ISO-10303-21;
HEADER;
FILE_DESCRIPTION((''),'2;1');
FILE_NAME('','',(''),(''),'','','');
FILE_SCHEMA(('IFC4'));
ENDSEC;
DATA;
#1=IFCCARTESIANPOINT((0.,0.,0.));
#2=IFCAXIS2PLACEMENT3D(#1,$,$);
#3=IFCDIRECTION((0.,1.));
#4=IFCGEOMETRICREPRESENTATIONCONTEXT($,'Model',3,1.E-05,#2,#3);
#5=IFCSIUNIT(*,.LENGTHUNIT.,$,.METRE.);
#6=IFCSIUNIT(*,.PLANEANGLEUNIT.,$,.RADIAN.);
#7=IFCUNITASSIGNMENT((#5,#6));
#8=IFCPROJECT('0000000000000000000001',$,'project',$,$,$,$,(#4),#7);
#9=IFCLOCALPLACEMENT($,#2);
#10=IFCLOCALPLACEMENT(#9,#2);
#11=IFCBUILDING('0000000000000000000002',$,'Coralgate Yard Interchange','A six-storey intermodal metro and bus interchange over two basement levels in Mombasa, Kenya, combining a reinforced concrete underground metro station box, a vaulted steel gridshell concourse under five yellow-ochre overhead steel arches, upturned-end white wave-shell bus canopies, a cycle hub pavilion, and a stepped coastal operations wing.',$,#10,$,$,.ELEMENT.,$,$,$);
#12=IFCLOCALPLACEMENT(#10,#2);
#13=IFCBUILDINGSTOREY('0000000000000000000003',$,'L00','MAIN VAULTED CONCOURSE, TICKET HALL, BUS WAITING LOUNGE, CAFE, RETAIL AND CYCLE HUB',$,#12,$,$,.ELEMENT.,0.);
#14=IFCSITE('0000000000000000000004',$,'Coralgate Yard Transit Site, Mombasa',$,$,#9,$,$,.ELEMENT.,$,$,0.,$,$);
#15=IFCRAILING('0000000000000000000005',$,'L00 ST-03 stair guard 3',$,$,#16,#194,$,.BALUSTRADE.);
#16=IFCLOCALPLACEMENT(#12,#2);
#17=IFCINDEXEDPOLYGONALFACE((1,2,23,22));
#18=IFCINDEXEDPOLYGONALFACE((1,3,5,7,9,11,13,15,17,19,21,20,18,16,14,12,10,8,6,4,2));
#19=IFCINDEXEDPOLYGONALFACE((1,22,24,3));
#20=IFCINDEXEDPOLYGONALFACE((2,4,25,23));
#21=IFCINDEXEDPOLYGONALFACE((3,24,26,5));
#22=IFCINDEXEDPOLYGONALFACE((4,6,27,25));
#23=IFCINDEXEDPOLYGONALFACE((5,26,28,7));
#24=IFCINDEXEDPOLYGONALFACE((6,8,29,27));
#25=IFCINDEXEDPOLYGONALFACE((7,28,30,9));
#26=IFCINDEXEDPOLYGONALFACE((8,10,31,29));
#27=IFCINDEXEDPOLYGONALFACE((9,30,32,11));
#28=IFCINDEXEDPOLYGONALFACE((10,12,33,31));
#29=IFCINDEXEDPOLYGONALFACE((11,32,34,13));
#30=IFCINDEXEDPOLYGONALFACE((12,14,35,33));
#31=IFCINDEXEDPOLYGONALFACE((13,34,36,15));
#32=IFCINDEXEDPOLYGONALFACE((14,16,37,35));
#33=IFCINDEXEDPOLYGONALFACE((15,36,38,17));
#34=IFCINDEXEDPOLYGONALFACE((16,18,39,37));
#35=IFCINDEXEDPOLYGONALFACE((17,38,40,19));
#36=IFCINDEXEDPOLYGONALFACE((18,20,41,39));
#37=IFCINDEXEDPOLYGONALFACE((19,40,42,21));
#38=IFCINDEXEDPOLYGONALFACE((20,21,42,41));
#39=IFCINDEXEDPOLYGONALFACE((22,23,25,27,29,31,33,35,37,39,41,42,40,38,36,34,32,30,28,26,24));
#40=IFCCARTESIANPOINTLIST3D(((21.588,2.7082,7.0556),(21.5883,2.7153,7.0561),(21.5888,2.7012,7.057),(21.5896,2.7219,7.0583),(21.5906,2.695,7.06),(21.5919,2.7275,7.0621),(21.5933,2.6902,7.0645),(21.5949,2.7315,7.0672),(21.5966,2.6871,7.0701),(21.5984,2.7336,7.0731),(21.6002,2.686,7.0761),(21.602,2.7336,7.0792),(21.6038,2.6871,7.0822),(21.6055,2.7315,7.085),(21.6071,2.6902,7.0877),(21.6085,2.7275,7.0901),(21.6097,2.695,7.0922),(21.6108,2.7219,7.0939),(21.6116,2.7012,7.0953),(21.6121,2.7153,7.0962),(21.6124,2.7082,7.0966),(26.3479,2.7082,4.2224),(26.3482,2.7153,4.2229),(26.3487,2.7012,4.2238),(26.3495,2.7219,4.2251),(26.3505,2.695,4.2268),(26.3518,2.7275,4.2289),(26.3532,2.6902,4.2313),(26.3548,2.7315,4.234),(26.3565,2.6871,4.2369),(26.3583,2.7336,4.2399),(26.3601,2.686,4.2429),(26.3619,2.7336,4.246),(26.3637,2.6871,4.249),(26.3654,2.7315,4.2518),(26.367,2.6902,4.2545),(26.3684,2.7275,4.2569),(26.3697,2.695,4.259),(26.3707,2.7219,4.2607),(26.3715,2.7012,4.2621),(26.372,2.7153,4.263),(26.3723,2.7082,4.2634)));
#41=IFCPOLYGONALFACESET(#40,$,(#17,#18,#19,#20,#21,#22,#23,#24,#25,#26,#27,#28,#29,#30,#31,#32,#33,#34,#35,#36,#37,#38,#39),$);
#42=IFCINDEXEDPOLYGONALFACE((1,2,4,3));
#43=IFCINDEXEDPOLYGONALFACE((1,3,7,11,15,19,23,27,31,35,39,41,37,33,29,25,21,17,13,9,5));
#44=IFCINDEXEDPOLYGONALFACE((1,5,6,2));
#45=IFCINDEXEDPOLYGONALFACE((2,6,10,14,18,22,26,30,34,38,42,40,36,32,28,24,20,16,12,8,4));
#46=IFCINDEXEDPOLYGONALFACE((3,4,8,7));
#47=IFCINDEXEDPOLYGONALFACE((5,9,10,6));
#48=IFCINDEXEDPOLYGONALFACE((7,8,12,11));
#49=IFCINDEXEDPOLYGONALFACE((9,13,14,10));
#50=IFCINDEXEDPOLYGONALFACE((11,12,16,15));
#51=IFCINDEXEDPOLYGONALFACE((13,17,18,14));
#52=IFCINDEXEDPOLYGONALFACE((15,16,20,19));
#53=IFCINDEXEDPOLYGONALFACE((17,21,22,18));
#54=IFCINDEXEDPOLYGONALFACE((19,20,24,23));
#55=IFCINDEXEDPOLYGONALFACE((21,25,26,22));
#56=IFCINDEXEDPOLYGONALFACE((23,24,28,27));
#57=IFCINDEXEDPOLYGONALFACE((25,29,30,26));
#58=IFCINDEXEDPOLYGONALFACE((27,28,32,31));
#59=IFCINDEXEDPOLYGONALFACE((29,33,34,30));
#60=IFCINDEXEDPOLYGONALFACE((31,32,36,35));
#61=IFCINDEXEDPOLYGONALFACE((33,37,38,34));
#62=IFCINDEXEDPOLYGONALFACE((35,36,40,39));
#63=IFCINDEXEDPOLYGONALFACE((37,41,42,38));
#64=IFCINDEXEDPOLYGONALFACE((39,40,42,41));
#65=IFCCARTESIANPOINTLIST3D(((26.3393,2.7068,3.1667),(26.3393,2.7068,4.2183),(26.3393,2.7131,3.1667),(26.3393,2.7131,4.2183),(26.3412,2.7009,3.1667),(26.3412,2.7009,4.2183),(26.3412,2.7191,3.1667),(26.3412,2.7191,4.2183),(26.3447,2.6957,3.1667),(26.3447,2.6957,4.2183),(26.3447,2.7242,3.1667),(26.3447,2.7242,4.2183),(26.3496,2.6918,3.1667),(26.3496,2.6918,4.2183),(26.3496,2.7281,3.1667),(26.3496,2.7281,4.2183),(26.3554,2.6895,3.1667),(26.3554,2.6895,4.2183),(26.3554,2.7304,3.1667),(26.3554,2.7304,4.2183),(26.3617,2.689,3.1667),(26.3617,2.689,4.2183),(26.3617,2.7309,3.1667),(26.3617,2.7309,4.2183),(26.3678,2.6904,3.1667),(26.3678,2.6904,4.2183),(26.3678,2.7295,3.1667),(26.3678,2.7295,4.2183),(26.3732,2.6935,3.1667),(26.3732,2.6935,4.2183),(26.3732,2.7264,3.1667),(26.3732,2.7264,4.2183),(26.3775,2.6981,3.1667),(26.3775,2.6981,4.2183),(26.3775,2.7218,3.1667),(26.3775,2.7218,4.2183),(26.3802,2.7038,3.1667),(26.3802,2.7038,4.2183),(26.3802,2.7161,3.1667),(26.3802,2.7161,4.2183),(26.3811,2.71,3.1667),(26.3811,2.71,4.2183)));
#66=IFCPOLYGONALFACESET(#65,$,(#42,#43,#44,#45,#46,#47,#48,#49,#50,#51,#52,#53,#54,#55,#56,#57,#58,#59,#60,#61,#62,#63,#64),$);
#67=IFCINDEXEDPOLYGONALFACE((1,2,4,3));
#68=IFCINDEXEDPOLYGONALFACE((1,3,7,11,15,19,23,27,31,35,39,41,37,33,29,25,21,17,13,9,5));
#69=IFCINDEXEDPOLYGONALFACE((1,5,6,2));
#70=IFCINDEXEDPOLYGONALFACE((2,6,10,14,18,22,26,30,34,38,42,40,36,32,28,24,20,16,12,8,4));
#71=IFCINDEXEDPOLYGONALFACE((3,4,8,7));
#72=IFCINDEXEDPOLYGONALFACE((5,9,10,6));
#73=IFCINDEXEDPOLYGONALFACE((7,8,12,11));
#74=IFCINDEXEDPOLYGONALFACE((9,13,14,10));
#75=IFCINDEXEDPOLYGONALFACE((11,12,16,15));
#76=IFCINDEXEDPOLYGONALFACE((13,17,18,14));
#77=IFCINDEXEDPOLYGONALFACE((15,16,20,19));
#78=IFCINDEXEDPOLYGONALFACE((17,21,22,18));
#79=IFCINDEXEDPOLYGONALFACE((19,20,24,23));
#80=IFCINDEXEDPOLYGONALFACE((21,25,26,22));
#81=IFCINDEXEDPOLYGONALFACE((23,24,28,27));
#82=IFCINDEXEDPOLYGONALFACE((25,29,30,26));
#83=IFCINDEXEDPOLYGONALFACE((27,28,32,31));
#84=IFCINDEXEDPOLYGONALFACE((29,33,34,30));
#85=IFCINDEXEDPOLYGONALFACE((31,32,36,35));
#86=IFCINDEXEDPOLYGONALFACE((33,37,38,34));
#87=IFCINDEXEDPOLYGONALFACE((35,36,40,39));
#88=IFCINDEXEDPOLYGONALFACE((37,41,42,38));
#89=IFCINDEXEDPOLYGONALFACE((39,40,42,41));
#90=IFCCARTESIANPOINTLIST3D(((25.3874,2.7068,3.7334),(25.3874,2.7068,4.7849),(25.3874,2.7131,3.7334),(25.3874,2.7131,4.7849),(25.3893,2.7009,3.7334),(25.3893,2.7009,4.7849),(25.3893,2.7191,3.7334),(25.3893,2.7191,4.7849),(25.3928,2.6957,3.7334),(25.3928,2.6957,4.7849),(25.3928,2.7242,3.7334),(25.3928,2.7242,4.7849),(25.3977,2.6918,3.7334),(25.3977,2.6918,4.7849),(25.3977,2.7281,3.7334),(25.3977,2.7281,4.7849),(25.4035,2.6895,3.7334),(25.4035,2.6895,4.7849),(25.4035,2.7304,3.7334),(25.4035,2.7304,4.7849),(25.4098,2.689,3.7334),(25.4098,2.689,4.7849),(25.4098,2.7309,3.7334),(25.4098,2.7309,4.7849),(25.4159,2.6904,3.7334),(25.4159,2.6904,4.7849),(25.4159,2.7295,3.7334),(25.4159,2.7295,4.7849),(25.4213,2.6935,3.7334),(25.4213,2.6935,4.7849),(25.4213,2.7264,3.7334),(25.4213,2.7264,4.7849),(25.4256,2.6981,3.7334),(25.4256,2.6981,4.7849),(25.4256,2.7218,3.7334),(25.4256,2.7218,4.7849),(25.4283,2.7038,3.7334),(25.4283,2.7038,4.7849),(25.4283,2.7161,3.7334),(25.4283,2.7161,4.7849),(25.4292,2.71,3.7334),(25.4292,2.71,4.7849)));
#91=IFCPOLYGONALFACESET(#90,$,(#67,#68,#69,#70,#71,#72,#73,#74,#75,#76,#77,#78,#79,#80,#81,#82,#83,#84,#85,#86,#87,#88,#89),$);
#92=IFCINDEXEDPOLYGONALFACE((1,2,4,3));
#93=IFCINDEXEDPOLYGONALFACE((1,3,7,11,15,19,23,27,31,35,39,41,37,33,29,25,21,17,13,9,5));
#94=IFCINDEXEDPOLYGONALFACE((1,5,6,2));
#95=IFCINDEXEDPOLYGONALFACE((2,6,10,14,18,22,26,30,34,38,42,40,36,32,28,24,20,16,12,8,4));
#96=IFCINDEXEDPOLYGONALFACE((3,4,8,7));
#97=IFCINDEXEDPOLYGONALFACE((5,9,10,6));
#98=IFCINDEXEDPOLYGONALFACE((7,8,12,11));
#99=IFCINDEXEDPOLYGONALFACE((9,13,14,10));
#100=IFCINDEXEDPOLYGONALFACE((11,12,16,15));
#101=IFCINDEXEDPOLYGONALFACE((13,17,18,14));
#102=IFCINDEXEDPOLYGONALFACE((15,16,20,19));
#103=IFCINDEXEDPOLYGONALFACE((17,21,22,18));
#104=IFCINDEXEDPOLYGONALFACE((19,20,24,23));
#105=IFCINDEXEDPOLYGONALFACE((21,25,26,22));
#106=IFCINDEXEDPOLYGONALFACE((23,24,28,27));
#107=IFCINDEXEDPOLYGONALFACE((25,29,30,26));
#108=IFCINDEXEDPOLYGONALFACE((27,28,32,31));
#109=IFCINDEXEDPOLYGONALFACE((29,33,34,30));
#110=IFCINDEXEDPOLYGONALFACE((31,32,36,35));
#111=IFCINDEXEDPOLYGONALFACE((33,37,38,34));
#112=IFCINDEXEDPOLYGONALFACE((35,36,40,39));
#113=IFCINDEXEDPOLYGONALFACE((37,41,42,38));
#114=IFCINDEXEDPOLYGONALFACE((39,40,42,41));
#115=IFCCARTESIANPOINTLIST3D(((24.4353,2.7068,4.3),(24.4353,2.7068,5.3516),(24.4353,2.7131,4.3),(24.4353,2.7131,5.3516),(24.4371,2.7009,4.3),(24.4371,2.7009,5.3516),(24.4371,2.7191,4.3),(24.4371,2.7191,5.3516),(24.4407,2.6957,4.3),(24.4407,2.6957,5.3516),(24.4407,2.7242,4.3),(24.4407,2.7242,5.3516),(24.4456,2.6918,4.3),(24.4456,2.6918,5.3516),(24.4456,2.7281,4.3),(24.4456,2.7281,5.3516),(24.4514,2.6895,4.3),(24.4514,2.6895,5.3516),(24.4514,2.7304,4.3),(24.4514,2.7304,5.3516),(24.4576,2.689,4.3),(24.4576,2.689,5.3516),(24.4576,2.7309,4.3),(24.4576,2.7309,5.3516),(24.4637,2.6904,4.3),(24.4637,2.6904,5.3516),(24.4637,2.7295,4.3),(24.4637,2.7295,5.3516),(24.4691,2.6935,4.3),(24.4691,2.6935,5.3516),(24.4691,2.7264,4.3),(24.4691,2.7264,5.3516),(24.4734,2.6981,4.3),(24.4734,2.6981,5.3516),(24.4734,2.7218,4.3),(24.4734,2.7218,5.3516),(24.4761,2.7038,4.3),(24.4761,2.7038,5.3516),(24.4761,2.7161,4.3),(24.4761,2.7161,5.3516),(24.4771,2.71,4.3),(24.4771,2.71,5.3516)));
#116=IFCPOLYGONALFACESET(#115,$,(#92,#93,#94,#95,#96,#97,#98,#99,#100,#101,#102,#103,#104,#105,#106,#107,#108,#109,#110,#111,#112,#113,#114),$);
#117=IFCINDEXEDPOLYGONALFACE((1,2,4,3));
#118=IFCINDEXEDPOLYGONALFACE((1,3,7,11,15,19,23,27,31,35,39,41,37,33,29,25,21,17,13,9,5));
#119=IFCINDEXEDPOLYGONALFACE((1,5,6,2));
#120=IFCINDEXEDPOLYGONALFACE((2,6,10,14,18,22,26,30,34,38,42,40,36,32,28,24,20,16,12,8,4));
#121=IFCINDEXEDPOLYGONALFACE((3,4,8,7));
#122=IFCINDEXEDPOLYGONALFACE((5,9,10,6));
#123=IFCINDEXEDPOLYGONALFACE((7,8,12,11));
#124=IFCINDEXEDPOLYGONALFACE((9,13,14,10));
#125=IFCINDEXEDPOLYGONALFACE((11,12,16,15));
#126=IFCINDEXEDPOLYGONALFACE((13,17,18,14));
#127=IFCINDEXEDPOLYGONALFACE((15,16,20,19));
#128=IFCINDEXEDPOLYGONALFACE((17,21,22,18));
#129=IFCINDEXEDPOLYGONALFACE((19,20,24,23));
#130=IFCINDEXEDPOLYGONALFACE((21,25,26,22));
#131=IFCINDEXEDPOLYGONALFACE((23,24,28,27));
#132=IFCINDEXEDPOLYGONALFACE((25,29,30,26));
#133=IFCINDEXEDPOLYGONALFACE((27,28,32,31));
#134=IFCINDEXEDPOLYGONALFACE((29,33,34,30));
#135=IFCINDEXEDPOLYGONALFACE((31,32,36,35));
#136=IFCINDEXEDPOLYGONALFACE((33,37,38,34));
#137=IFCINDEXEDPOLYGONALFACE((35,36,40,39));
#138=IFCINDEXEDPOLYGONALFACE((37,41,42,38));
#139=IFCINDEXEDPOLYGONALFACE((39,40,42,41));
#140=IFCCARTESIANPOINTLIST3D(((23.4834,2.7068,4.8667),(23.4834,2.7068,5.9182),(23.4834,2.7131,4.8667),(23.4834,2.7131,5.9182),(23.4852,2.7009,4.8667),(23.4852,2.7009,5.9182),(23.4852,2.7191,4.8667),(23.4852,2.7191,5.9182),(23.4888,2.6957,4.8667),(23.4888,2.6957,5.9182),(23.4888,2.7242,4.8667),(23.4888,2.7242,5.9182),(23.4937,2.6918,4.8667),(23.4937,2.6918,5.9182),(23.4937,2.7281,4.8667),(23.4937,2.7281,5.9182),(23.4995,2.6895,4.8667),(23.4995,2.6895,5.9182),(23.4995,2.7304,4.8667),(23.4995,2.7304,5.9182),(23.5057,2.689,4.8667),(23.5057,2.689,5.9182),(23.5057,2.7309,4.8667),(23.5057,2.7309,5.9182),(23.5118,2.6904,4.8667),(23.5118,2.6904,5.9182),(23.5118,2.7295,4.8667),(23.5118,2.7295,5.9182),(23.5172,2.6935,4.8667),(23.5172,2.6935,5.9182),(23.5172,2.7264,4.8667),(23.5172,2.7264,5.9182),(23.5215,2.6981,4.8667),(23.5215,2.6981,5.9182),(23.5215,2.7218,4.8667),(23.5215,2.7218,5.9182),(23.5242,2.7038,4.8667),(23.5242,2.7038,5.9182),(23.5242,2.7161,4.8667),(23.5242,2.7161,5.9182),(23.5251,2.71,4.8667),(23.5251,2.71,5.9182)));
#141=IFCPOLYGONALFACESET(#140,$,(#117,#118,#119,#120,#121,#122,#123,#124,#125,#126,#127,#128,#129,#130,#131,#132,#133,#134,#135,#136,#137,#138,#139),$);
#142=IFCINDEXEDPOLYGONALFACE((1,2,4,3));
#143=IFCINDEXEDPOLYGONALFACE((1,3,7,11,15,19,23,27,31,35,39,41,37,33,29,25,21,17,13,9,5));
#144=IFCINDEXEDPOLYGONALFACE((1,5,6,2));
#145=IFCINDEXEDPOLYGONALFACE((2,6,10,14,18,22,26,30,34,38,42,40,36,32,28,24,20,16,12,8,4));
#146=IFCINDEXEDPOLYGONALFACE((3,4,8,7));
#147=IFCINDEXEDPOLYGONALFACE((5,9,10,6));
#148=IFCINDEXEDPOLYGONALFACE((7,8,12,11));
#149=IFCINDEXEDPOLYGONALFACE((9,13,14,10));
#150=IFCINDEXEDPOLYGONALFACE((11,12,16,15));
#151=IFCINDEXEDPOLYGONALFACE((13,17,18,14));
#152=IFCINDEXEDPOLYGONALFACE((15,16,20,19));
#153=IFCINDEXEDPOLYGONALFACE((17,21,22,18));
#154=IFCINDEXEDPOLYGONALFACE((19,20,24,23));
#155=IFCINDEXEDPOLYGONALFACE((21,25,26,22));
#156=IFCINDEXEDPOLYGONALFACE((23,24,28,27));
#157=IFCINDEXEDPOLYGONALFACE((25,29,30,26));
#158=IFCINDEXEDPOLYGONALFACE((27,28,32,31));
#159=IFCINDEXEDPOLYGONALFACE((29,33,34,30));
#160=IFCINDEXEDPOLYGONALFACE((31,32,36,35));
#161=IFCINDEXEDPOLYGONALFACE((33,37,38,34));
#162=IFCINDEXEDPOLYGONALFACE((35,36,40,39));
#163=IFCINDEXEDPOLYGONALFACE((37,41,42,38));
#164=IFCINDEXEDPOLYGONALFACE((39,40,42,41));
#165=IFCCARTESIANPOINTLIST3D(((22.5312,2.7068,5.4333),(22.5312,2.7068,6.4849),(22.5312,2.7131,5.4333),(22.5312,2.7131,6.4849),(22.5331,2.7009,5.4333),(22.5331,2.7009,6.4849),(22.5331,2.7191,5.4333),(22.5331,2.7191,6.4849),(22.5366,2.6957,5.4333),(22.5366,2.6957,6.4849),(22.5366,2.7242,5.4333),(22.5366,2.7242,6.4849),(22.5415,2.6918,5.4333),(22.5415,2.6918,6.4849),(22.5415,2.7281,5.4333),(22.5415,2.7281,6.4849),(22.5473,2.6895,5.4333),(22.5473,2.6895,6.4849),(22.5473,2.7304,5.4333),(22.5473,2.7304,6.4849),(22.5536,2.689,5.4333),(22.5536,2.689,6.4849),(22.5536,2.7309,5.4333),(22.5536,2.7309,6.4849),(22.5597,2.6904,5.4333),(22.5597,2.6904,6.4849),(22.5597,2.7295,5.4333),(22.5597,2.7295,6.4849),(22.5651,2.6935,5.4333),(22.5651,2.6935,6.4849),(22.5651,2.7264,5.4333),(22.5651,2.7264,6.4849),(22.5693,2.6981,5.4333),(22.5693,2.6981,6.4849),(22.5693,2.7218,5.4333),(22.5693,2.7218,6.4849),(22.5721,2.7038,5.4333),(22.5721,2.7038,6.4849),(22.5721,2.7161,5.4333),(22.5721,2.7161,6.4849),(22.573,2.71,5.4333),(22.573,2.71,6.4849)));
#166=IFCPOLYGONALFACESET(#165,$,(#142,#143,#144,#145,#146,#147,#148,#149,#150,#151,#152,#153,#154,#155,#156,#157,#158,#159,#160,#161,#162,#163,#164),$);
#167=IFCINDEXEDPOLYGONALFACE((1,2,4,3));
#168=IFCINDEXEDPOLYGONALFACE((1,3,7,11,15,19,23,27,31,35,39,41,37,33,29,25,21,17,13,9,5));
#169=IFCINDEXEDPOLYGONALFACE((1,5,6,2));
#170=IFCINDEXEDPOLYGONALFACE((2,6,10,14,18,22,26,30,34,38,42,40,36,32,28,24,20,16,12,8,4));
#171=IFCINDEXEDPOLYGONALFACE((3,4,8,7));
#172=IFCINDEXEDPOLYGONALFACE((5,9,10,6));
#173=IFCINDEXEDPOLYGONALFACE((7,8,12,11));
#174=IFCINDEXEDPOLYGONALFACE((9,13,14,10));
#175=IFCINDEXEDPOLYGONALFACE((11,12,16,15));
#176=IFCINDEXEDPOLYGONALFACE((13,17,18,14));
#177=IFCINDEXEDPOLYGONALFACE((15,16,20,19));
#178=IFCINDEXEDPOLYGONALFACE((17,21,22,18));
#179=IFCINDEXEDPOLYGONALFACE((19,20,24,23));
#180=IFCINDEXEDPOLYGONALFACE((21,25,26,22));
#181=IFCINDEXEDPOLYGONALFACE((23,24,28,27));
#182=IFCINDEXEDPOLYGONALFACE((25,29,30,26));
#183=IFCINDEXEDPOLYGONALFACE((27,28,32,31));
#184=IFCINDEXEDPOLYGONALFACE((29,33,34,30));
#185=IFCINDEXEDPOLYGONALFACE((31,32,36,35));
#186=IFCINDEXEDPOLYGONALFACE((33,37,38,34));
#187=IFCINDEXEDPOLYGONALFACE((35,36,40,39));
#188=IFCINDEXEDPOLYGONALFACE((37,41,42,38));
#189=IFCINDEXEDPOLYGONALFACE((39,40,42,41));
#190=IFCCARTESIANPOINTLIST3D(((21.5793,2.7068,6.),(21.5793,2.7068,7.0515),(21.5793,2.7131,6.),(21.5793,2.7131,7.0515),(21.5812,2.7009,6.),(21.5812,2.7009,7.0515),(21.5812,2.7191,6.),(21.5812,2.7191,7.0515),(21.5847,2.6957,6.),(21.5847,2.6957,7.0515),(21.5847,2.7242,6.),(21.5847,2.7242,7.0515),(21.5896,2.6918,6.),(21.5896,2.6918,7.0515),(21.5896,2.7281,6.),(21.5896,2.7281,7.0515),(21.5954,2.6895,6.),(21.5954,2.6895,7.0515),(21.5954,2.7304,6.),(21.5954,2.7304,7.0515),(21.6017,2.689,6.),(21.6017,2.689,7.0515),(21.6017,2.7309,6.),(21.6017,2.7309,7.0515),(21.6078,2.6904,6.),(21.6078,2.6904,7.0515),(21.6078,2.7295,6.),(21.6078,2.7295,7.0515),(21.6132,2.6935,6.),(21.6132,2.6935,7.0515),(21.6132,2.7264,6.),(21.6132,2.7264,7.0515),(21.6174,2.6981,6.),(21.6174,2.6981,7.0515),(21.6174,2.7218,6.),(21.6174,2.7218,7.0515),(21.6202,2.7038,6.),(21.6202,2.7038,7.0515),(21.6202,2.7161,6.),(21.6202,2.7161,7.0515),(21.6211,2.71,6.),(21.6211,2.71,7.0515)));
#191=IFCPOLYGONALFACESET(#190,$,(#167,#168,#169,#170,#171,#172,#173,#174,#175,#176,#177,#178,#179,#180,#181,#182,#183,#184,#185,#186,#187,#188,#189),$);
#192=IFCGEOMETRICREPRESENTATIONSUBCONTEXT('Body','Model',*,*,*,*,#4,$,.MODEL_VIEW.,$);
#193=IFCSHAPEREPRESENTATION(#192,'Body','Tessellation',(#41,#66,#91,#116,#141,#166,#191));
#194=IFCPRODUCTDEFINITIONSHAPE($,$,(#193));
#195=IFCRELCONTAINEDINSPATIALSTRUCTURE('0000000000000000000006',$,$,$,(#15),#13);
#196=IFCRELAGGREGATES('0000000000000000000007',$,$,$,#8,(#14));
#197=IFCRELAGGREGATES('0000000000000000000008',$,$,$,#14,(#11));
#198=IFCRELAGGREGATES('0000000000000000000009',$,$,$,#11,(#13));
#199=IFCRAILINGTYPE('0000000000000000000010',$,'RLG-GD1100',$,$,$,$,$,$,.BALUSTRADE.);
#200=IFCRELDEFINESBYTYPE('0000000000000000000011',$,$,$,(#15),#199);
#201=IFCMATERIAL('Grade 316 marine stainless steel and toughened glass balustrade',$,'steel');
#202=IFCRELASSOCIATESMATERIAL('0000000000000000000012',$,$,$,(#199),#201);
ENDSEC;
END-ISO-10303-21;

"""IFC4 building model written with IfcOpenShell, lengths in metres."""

from ifc_helpers import new_model, si_unit, direction, frame, origin, origin_2d, place, context, subcontext, project, spatial, circle, extrude, material, type_object, element, save


model = new_model("IFC4")

# Units and contexts
model_context = context("Model", 3, precision=1e-05, world=origin(), true_north=direction((0.0, 1.0)))
body_context = subcontext(model_context, "Body", "Model", "MODEL_VIEW")
ifc_project = project(units=[si_unit("LENGTHUNIT", "METRE"), si_unit("PLANEANGLEUNIT", "RADIAN")], contexts=[model_context])

# Site, building, storey
site_placement = place(None, origin())
site = spatial("IfcSite", under=ifc_project, at=site_placement, Name="Coralgate Yard Transit Site, Mombasa", CompositionType="ELEMENT", RefElevation=0.0)
building_placement = place(site_placement, origin())
building = spatial("IfcBuilding", under=site, at=building_placement, Name="Coralgate Yard Interchange", Description="A six-storey intermodal metro and bus interchange over two basement levels in Mombasa, Kenya, combining a reinforced concrete underground metro station box, a vaulted steel gridshell concourse under five yellow-ochre overhead steel arches, upturned-end white wave-shell bus canopies, a cycle hub pavilion, and a stepped coastal operations wing.", CompositionType="ELEMENT")
storey_placement = place(building_placement, origin())
storey = spatial("IfcBuildingStorey", under=building, at=storey_placement, Name="L00", Description="MAIN VAULTED CONCOURSE, TICKET HALL, BUS WAITING LOUNGE, CAFE, RETAIL AND CYCLE HUB", CompositionType="ELEMENT", Elevation=0.0)

# Railing
ifc_material_1 = material(Name="Grade 316 marine stainless steel and toughened glass balustrade", Category="steel")
railing_type_1 = type_object("IfcRailingType", Name="RLG-GD1100", PredefinedType="BALUSTRADE", material=ifc_material_1)
railing_1_placement = place(storey_placement, frame((26.3601, 2.71, 3.1667)))
element("IfcRailing", 1, at=railing_1_placement, inside=storey, type_object=railing_type_1, Name="L00 ST-03 stair guard 3", PredefinedType="BALUSTRADE", context=body_context, shape_type="SweptSolid", body=[
    extrude(circle(Radius=0.0239, at=origin_2d()), frame((0.0, 0.0, 1.0762), z_axis=(-0.8593, 0.0, 0.511472), x_axis=(0.0, -1.0, 0.0)), (0.0, 0.0, 1.0), 5.5393),
    extrude(circle(Radius=0.021, at=origin_2d()), origin(), (0.0, 0.0, 1.0), 1.0515),
    extrude(circle(Radius=0.021, at=origin_2d()), frame((-0.9519, 0.0, 0.5667)), (0.0, 0.0, 1.0), 1.0515),
    extrude(circle(Radius=0.021, at=origin_2d()), frame((-1.9041, 0.0, 1.1333)), (0.0, 0.0, 1.0), 1.0515),
    extrude(circle(Radius=0.021, at=origin_2d()), frame((-2.856, 0.0, 1.7)), (0.0, 0.0, 1.0), 1.0515),
    extrude(circle(Radius=0.021, at=origin_2d()), frame((-3.8081, 0.0, 2.2666)), (0.0, 0.0, 1.0), 1.0515),
    extrude(circle(Radius=0.021, at=origin_2d()), frame((-4.76, 0.0, 2.8333)), (0.0, 0.0, 1.0), 1.0515),
])

save(model, "model.ifc")
